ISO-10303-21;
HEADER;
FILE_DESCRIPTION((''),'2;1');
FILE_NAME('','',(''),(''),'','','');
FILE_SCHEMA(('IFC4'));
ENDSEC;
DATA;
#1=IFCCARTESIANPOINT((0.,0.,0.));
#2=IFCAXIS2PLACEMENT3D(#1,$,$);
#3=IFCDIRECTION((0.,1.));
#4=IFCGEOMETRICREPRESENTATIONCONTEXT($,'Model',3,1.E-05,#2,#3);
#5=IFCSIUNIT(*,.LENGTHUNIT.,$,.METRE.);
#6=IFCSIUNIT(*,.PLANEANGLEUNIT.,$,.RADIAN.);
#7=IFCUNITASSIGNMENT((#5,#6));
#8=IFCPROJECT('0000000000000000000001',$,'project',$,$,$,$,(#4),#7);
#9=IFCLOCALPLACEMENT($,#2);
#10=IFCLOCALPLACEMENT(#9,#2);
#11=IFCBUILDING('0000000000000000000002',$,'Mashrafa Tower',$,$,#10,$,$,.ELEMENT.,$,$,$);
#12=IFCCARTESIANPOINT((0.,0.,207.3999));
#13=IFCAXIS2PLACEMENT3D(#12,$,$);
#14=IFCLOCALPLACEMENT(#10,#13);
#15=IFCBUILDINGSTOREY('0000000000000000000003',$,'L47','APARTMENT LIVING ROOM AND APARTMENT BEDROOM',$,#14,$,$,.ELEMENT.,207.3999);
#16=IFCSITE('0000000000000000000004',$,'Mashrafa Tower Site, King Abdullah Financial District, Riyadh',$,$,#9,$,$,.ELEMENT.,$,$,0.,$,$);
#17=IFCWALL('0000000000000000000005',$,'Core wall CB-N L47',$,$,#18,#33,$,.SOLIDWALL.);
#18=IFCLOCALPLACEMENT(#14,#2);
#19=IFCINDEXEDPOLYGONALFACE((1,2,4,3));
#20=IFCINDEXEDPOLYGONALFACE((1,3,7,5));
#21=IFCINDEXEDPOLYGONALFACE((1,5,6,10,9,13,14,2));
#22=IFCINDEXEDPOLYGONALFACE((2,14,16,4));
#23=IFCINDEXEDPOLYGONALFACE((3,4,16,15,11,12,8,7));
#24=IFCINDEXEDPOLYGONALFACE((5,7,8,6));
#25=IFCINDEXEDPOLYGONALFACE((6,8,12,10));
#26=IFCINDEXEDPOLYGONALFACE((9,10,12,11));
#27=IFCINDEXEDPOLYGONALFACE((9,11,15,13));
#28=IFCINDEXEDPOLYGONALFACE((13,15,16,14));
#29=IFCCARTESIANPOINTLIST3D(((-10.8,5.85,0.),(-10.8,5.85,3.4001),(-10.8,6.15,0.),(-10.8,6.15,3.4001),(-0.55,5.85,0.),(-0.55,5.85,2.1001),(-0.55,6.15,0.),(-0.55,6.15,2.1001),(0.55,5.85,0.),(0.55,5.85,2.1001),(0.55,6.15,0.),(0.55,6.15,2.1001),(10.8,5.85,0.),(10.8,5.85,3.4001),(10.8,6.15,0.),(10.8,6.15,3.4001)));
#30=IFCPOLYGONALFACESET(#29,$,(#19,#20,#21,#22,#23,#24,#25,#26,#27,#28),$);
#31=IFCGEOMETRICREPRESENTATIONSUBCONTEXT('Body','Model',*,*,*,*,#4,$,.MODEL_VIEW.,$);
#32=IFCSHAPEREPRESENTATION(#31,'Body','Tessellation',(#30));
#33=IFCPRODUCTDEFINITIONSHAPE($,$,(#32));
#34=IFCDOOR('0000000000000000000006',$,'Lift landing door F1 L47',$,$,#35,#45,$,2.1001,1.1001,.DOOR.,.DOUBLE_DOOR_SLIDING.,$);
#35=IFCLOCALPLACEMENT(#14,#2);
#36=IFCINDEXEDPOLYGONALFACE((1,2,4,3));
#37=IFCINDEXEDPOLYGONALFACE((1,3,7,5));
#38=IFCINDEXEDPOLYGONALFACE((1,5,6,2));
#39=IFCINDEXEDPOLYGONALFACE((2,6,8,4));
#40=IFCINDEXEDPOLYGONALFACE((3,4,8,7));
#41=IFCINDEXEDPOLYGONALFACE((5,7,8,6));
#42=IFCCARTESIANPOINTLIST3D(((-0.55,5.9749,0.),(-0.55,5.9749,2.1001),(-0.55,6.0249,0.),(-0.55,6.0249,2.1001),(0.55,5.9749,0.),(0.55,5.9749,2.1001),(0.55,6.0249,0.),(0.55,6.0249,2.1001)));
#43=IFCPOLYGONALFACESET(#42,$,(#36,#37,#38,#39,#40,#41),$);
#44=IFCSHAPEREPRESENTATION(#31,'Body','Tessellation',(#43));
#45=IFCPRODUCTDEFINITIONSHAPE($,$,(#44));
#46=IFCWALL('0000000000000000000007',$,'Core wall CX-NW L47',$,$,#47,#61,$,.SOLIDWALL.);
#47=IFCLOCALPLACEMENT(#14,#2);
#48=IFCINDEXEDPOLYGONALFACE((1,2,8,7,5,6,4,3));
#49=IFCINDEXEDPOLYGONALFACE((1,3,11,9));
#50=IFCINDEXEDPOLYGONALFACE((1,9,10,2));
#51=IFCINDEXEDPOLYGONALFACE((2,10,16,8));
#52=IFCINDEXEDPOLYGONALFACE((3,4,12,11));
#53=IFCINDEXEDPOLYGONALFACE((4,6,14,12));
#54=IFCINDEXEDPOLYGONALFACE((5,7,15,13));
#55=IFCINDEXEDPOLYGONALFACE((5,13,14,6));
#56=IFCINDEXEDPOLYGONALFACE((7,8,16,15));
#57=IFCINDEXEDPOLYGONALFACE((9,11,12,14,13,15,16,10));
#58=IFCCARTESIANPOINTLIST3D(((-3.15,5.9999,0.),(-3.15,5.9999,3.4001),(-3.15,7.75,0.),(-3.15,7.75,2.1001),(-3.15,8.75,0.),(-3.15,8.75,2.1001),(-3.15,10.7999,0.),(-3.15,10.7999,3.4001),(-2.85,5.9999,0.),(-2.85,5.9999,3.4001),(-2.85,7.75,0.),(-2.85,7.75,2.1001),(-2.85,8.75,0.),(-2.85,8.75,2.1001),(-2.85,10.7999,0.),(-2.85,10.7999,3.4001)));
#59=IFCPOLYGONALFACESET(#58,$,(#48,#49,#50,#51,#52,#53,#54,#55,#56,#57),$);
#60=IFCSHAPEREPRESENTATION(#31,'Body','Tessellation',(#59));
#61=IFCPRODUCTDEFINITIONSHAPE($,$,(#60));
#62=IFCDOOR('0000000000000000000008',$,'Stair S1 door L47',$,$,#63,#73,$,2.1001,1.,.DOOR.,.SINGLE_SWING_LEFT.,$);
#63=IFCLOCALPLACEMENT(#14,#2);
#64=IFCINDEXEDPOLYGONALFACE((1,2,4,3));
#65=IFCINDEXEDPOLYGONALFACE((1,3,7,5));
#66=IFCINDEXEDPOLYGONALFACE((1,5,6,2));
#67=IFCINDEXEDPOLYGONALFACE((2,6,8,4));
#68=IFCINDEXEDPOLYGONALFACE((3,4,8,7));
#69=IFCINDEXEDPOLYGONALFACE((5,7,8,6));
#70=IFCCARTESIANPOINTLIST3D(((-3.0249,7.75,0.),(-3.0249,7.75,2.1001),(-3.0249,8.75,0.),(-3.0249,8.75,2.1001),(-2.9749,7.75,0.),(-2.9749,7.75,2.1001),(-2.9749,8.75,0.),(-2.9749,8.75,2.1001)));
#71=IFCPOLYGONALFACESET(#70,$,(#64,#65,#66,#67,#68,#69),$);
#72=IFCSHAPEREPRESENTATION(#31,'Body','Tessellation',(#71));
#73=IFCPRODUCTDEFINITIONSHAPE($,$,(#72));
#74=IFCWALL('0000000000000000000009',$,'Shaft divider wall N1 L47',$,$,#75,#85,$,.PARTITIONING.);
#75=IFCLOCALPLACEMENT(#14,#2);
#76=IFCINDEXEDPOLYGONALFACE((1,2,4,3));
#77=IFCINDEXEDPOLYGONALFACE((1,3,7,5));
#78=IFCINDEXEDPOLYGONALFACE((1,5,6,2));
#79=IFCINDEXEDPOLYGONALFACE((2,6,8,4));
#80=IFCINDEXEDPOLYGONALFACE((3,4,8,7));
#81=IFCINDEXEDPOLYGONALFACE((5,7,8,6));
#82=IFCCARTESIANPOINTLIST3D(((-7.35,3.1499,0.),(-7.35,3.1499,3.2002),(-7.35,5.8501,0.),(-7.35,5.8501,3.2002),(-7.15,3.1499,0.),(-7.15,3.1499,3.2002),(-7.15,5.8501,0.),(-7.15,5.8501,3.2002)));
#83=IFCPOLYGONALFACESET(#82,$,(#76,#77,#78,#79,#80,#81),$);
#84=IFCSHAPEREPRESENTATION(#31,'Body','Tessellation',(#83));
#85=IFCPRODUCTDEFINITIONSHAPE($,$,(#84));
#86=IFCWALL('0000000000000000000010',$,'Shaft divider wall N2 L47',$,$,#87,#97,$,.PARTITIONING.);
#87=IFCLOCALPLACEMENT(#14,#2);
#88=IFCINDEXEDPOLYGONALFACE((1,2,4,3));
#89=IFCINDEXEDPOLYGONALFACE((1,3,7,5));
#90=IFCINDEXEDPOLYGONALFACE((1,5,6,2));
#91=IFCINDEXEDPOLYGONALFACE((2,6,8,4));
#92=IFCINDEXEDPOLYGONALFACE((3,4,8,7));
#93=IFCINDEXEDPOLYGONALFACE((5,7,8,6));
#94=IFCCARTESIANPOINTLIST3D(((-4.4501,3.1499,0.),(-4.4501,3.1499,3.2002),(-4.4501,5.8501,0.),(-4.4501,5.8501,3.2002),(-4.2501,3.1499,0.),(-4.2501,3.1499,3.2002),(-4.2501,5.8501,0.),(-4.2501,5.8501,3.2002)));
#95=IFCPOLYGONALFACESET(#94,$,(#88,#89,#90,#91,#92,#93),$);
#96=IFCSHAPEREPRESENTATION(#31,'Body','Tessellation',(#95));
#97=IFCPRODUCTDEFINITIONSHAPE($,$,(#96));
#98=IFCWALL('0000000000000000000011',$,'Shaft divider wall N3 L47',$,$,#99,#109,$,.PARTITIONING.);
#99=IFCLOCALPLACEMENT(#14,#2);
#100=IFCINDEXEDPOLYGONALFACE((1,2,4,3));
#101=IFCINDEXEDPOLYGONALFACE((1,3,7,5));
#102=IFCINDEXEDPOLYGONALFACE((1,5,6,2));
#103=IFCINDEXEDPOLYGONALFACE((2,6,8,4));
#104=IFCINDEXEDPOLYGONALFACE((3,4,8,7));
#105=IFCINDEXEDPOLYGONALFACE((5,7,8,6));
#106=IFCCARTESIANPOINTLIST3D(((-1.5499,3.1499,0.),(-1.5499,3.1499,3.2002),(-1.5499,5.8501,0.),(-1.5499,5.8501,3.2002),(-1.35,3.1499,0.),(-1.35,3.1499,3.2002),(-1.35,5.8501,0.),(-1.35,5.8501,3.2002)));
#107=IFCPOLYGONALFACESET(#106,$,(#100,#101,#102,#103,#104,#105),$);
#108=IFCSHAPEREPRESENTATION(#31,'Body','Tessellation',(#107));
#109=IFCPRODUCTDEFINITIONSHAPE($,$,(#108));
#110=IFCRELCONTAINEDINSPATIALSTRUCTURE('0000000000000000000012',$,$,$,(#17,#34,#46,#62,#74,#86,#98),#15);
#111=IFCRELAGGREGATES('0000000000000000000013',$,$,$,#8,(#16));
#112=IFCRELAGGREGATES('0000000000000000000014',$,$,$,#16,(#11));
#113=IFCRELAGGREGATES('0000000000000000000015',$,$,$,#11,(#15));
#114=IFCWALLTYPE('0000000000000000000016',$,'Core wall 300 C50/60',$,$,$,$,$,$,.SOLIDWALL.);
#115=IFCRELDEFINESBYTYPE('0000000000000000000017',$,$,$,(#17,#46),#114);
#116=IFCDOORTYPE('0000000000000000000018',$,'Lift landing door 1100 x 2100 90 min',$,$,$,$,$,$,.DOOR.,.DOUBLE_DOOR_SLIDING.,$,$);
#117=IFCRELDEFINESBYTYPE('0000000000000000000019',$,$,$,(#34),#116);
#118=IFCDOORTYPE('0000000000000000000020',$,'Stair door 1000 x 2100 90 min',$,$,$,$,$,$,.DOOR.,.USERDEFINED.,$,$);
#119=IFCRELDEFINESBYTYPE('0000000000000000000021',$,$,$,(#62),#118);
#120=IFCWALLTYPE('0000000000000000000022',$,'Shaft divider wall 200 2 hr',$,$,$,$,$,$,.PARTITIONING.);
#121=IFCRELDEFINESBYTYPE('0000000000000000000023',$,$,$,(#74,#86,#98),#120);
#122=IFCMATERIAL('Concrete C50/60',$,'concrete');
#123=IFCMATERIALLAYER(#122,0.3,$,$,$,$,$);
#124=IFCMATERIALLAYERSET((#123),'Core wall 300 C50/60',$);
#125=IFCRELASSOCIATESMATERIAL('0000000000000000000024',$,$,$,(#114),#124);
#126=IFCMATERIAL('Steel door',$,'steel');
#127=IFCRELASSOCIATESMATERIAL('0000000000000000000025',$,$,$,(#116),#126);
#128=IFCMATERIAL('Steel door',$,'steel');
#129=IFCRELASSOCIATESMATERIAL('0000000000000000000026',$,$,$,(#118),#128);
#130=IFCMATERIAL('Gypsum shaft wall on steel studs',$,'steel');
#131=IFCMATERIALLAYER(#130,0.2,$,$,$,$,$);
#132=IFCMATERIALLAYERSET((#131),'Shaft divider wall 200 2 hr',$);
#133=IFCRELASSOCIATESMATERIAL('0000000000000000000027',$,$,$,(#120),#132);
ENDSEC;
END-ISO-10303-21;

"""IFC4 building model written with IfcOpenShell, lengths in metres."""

from ifc_helpers import new_model, si_unit, direction, frame, frame_2d, origin, place, context, subcontext, project, spatial, rectangle, extrude, material, layer, layer_set, type_object, element, fill, save


model = new_model("IFC4")

# Units and contexts
model_context = context("Model", 3, precision=1e-05, world=origin(), true_north=direction((0.0, 1.0)))
body_context = subcontext(model_context, "Body", "Model", "MODEL_VIEW")
ifc_project = project(units=[si_unit("LENGTHUNIT", "METRE"), si_unit("PLANEANGLEUNIT", "RADIAN")], contexts=[model_context])

# Site, building, storey
site_placement = place(None, origin())
site = spatial("IfcSite", under=ifc_project, at=site_placement, Name="Mashrafa Tower Site, King Abdullah Financial District, Riyadh", CompositionType="ELEMENT", RefElevation=0.0)
building_placement = place(site_placement, origin())
building = spatial("IfcBuilding", under=site, at=building_placement, Name="Mashrafa Tower", CompositionType="ELEMENT")
storey_placement = place(building_placement, frame((0.0, 0.0, 207.3999)))
storey = spatial("IfcBuildingStorey", under=building, at=storey_placement, Name="L47", Description="APARTMENT LIVING ROOM AND APARTMENT BEDROOM", CompositionType="ELEMENT", Elevation=207.3999)

# Shared definitions
ifc_material_1 = material(Name="Concrete C50/60", Category="concrete")
ifc_layer_1 = layer(ifc_material_1, 0.3)
ifc_layer_set_1 = layer_set([ifc_layer_1], Name="Core wall 300 C50/60")
wall_type_1 = type_object("IfcWallType", Name="Core wall 300 C50/60", PredefinedType="SOLIDWALL", material=ifc_layer_set_1)

# Walls, openings, doors
wall_1_placement = place(storey_placement, frame((-10.8, 6.0, 0.0), z_axis=(0.0, 0.0, 1.0), x_axis=(1.0, 0.0, 0.0)))
wall_1 = element("IfcWall", 1, at=wall_1_placement, inside=storey, type_object=wall_type_1, Name="Core wall CB-N L47", PredefinedType="SOLIDWALL", context=body_context, shape_type="SweptSolid", body=[
    extrude(rectangle(XDim=21.6001, YDim=0.3, at=frame_2d((10.8, 0.0))), origin(), (0.0, 0.0, 1.0), 3.4001),
])
opening_1_placement = place(wall_1_placement, frame((10.25, 0.0, 0.0)))
opening_1 = element("IfcOpeningElement", 2, at=opening_1_placement, cuts=wall_1, PredefinedType="OPENING", context=body_context, shape_type="SweptSolid", body=[
    extrude(rectangle(XDim=1.1001, YDim=2.1001, at=frame_2d((0.55, 1.05))), frame((0.0, 0.1599, 0.0), z_axis=(0.0, -1.0, 0.0), x_axis=(1.0, 0.0, 0.0)), (0.0, 0.0, 1.0), 0.3201),
])
ifc_material_2 = material(Name="Steel door", Category="steel")
door_type_1 = type_object("IfcDoorType", Name="Lift landing door 1100 x 2100 90 min", OperationType="DOUBLE_DOOR_SLIDING", PredefinedType="DOOR", material=ifc_material_2)
door_1_placement = place(opening_1_placement, origin())
door_1 = element("IfcDoor", 3, at=door_1_placement, inside=storey, type_object=door_type_1, Name="Lift landing door F1 L47", OperationType="DOUBLE_DOOR_SLIDING", OverallHeight=2.1001, OverallWidth=1.1001, PredefinedType="DOOR", context=body_context, shape_type="SweptSolid", body=[
    extrude(rectangle(XDim=1.1001, YDim=2.1001, at=frame_2d((0.55, 1.05))), frame((0.0, 0.0249, 0.0), z_axis=(0.0, -1.0, 0.0), x_axis=(1.0, 0.0, 0.0)), (0.0, 0.0, 1.0), 0.05),
])
fill(opening_1, door_1)
wall_2_placement = place(storey_placement, frame((-3.0, 6.0, 0.0), z_axis=(0.0, 0.0, 1.0), x_axis=(0.0, 1.0, 0.0)))
wall_2 = element("IfcWall", 4, at=wall_2_placement, inside=storey, type_object=wall_type_1, Name="Core wall CX-NW L47", PredefinedType="SOLIDWALL", context=body_context, shape_type="SweptSolid", body=[
    extrude(rectangle(XDim=4.8, YDim=0.3, at=frame_2d((2.3999, 0.0))), origin(), (0.0, 0.0, 1.0), 3.4001),
])
opening_2_placement = place(wall_2_placement, frame((1.75, 0.0, 0.0)))
opening_2 = element("IfcOpeningElement", 5, at=opening_2_placement, cuts=wall_2, PredefinedType="OPENING", context=body_context, shape_type="SweptSolid", body=[
    extrude(rectangle(XDim=1.0, YDim=2.1001, at=frame_2d((0.5, 1.05))), frame((0.0, 0.1599, 0.0), z_axis=(0.0, -1.0, 0.0), x_axis=(1.0, 0.0, 0.0)), (0.0, 0.0, 1.0), 0.3201),
])
ifc_material_3 = material(Name="Steel door", Category="steel")
door_type_2 = type_object("IfcDoorType", Name="Stair door 1000 x 2100 90 min", OperationType="USERDEFINED", PredefinedType="DOOR", material=ifc_material_3)
door_2_placement = place(opening_2_placement, origin())
door_2 = element("IfcDoor", 6, at=door_2_placement, inside=storey, type_object=door_type_2, Name="Stair S1 door L47", OperationType="SINGLE_SWING_LEFT", OverallHeight=2.1001, OverallWidth=1.0, PredefinedType="DOOR", context=body_context, shape_type="SweptSolid", body=[
    extrude(rectangle(XDim=1.0, YDim=2.1001, at=frame_2d((0.5, 1.05))), frame((0.0, 0.0249, 0.0), z_axis=(0.0, -1.0, 0.0), x_axis=(1.0, 0.0, 0.0)), (0.0, 0.0, 1.0), 0.05),
])
fill(opening_2, door_2)

# Walls
ifc_material_4 = material(Name="Gypsum shaft wall on steel studs", Category="steel")
ifc_layer_2 = layer(ifc_material_4, 0.2)
ifc_layer_set_2 = layer_set([ifc_layer_2], Name="Shaft divider wall 200 2 hr")
wall_type_2 = type_object("IfcWallType", Name="Shaft divider wall 200 2 hr", PredefinedType="PARTITIONING", material=ifc_layer_set_2)
for number, where, z_axis, x_axis, name in (
    (7, (-7.25, 3.1499, 0.0), (0.0, 0.0, 1.0), (0.0, 1.0, 0.0), "Shaft divider wall N1 L47"),
    (8, (-4.3501, 3.1499, 0.0), (0.0, 0.0, 1.0), (0.0, 1.0, 0.0), "Shaft divider wall N2 L47"),
    (9, (-1.45, 3.1499, 0.0), (0.0, 0.0, 1.0), (0.0, 1.0, 0.0), "Shaft divider wall N3 L47"),
):
    element("IfcWall", number, at=place(storey_placement, frame(where, z_axis=z_axis, x_axis=x_axis)), inside=storey, type_object=wall_type_2, Name=name, PredefinedType="PARTITIONING", context=body_context, shape_type="SweptSolid", body=[
        extrude(rectangle(XDim=2.7002, YDim=0.2, at=frame_2d((1.3501, 0.0))), origin(), (0.0, 0.0, 1.0), 3.2002),
    ])

save(model, "model.ifc")
